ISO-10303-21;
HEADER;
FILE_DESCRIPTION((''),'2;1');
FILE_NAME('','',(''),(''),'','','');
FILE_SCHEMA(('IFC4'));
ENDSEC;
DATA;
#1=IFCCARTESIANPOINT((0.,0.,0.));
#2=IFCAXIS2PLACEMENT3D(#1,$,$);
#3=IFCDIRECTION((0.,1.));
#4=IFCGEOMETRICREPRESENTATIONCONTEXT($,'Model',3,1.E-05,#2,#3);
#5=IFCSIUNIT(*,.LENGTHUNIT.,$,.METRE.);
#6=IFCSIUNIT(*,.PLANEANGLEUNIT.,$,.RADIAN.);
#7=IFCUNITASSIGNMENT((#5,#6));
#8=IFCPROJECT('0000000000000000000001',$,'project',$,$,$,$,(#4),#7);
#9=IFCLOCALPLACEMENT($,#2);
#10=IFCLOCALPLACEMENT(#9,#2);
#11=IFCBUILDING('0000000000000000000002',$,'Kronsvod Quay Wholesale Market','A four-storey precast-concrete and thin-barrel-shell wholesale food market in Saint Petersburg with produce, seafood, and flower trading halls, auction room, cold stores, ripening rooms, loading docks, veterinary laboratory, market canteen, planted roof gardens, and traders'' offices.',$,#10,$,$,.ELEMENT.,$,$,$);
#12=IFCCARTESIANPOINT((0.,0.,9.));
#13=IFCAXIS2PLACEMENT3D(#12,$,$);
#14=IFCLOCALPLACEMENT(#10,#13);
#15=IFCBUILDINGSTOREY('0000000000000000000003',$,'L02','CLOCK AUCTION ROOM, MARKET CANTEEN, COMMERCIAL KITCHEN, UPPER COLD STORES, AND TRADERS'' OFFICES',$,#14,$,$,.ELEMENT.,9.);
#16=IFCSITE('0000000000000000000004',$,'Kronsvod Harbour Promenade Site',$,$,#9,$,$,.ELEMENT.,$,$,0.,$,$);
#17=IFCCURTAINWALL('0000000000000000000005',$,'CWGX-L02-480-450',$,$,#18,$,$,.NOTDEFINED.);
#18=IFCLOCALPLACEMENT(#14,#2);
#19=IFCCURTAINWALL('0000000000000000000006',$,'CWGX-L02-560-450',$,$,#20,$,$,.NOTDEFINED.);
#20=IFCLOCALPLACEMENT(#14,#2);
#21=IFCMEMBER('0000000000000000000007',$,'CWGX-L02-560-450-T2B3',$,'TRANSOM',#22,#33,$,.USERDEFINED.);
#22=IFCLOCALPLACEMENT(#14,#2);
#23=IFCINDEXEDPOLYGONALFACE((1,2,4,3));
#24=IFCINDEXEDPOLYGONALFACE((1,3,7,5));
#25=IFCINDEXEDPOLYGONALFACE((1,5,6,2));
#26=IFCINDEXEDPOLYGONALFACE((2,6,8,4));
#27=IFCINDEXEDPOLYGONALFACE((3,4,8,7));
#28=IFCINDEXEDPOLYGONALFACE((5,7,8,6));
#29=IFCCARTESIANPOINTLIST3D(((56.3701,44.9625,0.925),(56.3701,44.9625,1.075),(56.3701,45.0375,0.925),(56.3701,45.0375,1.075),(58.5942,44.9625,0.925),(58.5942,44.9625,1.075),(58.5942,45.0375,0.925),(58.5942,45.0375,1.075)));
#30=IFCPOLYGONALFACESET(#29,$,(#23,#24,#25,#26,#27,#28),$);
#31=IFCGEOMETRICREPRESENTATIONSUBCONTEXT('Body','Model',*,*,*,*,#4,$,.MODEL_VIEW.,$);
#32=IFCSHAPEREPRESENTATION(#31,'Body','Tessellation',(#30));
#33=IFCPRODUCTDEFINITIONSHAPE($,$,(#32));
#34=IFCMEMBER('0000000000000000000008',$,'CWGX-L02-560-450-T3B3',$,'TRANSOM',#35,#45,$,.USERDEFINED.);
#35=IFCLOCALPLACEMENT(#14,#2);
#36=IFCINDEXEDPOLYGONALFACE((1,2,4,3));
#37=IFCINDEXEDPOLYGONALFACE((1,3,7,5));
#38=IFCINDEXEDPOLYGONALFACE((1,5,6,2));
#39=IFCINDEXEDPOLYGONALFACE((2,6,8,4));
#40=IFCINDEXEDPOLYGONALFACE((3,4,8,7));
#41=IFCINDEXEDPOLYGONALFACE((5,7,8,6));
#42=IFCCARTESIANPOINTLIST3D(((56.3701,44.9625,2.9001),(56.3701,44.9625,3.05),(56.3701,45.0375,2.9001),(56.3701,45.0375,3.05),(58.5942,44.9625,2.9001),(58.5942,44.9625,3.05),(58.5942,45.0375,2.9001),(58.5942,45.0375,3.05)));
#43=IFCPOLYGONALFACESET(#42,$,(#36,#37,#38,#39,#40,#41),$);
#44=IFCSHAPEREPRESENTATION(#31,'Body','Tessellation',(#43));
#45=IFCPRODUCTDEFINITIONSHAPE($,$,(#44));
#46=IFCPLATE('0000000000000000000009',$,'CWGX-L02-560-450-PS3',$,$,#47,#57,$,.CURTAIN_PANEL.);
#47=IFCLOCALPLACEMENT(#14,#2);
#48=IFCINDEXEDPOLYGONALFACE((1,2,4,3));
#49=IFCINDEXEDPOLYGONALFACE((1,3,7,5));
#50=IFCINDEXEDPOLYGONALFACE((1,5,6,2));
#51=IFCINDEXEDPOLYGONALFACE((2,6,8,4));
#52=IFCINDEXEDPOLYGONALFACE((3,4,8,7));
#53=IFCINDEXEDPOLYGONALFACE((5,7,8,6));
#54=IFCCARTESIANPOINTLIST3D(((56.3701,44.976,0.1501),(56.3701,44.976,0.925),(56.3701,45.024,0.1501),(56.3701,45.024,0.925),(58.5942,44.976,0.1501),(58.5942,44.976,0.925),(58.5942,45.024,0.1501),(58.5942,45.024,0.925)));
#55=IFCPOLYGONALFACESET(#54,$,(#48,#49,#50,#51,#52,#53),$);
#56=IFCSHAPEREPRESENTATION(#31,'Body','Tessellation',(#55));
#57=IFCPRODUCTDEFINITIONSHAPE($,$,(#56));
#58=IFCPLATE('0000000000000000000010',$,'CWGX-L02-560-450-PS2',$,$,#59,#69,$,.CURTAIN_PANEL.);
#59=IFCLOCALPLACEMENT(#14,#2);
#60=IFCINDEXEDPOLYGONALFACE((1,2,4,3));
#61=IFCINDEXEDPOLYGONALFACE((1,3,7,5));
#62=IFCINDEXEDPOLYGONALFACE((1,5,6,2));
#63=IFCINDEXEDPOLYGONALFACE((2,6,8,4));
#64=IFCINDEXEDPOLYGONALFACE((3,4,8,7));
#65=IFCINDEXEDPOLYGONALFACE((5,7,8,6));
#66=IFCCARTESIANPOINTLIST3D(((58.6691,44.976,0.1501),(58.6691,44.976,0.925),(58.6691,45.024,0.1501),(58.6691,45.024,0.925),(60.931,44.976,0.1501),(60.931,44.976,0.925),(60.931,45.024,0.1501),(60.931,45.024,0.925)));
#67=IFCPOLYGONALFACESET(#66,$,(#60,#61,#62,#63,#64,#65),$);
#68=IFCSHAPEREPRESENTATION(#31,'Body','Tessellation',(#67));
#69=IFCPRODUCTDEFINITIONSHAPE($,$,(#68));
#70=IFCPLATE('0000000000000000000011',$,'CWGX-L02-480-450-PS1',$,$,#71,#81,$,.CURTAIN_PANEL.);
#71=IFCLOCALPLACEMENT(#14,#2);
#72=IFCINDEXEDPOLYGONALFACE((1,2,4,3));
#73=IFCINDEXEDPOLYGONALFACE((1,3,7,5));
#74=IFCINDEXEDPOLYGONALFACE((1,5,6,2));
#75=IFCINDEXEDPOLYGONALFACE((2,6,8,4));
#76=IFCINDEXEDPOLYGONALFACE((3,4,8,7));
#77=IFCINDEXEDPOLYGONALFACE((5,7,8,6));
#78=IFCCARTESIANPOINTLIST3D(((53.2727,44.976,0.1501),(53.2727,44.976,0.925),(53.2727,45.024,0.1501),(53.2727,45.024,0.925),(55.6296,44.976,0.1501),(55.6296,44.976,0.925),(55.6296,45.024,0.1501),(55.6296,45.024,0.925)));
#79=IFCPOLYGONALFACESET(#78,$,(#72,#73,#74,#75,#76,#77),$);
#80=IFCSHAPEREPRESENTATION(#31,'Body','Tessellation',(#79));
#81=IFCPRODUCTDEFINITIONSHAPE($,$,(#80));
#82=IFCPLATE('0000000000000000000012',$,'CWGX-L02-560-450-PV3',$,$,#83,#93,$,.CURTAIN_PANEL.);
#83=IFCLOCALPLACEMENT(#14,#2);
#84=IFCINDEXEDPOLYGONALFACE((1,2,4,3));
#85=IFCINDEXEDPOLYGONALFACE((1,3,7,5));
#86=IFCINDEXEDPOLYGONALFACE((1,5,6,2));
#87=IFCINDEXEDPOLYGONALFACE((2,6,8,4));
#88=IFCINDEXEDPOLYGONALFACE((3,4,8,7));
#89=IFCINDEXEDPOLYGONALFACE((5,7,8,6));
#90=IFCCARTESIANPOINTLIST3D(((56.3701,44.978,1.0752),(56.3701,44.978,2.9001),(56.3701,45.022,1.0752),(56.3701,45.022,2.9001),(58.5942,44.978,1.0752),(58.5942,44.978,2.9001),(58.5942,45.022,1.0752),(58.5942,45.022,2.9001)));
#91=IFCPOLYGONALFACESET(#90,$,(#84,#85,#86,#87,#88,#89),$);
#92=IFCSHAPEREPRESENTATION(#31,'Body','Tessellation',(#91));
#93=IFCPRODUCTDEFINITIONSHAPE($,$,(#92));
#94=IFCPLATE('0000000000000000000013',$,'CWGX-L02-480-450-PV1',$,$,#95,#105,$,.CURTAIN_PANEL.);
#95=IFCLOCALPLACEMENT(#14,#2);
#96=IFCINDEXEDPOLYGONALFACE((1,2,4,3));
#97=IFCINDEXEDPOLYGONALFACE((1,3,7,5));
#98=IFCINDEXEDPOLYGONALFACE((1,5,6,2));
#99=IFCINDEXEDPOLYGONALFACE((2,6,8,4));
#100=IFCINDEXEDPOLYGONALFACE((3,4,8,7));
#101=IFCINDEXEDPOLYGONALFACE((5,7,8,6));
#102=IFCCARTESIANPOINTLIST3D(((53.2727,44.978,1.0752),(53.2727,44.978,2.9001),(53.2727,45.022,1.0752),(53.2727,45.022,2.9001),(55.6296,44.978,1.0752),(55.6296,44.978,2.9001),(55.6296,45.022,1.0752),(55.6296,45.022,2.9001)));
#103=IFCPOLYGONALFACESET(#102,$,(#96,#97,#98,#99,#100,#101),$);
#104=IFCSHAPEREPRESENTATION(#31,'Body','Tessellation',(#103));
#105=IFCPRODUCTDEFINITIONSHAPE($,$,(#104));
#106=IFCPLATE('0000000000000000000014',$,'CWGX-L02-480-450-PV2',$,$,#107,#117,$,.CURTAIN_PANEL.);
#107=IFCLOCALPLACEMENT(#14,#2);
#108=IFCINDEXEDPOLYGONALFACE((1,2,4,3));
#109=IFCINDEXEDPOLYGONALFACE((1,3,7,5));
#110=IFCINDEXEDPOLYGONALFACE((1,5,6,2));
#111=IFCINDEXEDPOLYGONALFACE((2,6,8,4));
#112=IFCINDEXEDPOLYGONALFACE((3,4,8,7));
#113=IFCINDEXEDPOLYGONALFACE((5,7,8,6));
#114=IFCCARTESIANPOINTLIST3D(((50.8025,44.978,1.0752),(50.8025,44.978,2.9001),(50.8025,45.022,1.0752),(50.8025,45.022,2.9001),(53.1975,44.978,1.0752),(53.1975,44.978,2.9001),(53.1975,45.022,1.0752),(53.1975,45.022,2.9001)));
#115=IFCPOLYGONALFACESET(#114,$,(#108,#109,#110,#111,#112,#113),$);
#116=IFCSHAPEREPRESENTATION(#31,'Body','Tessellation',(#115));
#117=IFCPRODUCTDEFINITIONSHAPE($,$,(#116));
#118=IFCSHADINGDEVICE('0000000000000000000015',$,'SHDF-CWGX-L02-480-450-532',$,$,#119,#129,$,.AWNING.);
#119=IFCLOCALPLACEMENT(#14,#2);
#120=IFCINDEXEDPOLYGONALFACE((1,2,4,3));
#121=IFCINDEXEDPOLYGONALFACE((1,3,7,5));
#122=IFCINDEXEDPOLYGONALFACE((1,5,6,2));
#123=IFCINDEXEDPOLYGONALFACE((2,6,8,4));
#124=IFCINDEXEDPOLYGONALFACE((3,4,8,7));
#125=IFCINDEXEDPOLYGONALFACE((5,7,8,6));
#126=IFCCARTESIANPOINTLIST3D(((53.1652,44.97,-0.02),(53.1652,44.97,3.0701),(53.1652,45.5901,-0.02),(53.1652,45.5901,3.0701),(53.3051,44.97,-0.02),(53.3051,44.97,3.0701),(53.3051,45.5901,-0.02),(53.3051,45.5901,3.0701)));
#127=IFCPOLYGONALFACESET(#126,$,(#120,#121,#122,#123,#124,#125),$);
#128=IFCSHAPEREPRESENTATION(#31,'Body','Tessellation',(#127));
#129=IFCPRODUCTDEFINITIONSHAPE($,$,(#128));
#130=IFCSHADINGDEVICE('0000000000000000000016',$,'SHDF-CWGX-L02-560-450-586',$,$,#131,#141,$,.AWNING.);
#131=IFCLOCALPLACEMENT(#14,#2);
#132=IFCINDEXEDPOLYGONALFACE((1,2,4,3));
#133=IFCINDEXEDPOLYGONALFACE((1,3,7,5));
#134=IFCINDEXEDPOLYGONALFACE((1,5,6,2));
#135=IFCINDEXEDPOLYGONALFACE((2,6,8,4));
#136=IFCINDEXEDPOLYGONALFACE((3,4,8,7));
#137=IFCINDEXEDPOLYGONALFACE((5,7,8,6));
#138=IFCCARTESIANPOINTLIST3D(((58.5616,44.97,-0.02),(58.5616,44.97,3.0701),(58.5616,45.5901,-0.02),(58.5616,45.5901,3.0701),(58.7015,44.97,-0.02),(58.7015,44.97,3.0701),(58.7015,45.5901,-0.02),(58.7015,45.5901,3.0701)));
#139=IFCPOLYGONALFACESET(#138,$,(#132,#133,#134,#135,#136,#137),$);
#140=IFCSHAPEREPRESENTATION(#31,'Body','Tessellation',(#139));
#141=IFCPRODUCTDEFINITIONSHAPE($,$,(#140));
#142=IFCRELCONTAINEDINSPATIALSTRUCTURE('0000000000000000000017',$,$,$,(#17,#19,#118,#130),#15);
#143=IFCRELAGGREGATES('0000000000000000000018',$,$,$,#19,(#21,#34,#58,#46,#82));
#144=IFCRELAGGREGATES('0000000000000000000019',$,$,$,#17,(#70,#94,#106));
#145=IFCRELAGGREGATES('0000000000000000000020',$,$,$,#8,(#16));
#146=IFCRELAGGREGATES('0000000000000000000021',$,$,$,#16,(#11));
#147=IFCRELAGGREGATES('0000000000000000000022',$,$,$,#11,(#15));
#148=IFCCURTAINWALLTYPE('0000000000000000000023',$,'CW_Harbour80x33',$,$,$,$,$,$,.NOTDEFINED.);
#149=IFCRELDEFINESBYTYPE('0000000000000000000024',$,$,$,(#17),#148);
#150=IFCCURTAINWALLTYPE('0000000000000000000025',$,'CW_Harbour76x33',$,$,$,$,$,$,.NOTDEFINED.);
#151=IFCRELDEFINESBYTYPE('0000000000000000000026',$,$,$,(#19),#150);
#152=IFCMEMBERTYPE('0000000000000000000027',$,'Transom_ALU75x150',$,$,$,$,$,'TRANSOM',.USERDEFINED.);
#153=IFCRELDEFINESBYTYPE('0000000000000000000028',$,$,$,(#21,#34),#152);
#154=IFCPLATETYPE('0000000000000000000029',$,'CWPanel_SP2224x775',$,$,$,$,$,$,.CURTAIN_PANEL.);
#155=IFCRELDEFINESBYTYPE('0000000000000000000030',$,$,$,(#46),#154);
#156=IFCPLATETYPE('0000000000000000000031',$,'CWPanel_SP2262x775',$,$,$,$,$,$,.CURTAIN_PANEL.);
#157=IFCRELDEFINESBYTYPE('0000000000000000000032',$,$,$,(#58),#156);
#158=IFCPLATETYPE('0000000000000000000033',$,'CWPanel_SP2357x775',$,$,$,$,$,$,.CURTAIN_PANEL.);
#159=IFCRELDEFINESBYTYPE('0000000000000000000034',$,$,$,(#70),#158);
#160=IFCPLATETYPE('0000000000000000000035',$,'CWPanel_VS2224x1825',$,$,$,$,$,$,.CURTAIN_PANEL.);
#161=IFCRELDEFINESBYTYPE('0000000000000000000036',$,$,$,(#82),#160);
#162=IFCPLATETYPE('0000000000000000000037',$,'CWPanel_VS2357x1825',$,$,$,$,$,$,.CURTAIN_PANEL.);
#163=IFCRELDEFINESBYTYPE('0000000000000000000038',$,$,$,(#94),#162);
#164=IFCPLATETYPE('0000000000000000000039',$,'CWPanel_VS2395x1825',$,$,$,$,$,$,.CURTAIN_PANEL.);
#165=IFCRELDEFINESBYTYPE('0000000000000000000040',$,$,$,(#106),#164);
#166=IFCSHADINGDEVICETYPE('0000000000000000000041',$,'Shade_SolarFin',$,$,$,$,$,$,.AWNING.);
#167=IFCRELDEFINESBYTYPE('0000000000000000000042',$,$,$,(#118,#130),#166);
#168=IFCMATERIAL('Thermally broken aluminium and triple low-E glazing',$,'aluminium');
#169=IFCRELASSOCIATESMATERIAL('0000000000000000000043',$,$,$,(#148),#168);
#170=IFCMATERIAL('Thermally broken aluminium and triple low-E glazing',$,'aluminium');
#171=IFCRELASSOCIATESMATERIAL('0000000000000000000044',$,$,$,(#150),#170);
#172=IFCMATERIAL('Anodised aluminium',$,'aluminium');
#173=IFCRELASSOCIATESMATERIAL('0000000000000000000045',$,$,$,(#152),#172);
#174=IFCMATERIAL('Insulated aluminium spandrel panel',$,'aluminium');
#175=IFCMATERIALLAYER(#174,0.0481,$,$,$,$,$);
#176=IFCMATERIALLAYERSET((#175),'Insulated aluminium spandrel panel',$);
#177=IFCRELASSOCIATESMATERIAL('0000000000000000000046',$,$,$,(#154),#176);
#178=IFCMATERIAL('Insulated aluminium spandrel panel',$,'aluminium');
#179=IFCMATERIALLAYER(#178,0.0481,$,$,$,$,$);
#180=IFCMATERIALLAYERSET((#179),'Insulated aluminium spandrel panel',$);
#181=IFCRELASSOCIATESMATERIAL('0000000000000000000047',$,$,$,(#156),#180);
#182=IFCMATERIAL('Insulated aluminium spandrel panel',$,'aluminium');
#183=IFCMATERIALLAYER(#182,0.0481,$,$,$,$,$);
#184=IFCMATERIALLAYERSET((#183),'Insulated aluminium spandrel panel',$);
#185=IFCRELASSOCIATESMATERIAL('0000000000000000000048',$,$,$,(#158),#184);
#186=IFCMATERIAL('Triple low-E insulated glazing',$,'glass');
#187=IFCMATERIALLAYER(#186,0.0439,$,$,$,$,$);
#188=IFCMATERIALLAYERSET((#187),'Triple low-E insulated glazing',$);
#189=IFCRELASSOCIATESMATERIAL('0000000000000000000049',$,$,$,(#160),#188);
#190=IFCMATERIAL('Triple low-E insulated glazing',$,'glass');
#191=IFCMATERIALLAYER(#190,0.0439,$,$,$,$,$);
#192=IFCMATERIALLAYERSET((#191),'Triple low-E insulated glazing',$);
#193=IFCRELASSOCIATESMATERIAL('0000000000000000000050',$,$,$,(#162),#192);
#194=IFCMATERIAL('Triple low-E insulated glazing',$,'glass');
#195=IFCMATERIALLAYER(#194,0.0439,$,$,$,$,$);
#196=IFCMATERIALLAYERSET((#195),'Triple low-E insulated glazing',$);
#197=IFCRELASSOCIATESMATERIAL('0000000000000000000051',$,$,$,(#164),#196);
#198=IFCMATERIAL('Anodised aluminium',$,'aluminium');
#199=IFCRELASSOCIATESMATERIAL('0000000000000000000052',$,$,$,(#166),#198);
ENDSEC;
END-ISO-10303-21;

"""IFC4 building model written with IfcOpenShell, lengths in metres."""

from ifc_helpers import new_model, si_unit, direction, frame, origin, origin_2d, place, context, subcontext, project, spatial, rectangle, extrude, material, layer, layer_set, material_profile, profile_set, type_object, element, aggregate, save


model = new_model("IFC4")

# Units and contexts
model_context = context("Model", 3, precision=1e-05, world=origin(), true_north=direction((0.0, 1.0)))
body_context = subcontext(model_context, "Body", "Model", "MODEL_VIEW")
ifc_project = project(units=[si_unit("LENGTHUNIT", "METRE"), si_unit("PLANEANGLEUNIT", "RADIAN")], contexts=[model_context])

# Site, building, storey
site_placement = place(None, origin())
site = spatial("IfcSite", under=ifc_project, at=site_placement, Name="Kronsvod Harbour Promenade Site", CompositionType="ELEMENT", RefElevation=0.0)
building_placement = place(site_placement, origin())
building = spatial("IfcBuilding", under=site, at=building_placement, Name="Kronsvod Quay Wholesale Market", Description="A four-storey precast-concrete and thin-barrel-shell wholesale food market in Saint Petersburg with produce, seafood, and flower trading halls, auction room, cold stores, ripening rooms, loading docks, veterinary laboratory, market canteen, planted roof gardens, and traders' offices.", CompositionType="ELEMENT")
storey_placement = place(building_placement, frame((0.0, 0.0, 9.0)))
storey = spatial("IfcBuildingStorey", under=building, at=storey_placement, Name="L02", Description="CLOCK AUCTION ROOM, MARKET CANTEEN, COMMERCIAL KITCHEN, UPPER COLD STORES, AND TRADERS' OFFICES", CompositionType="ELEMENT", Elevation=9.0)

# Curtain walls
ifc_material_1 = material(Name="Thermally broken aluminium and triple low-E glazing", Category="aluminium")
curtain_wall_type_1 = type_object("IfcCurtainWallType", Name="CW_Harbour80x33", PredefinedType="NOTDEFINED", material=ifc_material_1)
curtain_wall_1_placement = place(storey_placement, origin())
curtain_wall_1 = element("IfcCurtainWall", 1, at=curtain_wall_1_placement, inside=storey, type_object=curtain_wall_type_1, Name="CWGX-L02-480-450", PredefinedType="NOTDEFINED")
ifc_material_2 = material(Name="Thermally broken aluminium and triple low-E glazing", Category="aluminium")
curtain_wall_type_2 = type_object("IfcCurtainWallType", Name="CW_Harbour76x33", PredefinedType="NOTDEFINED", material=ifc_material_2)
curtain_wall_2_placement = place(storey_placement, origin())
curtain_wall_2 = element("IfcCurtainWall", 2, at=curtain_wall_2_placement, inside=storey, type_object=curtain_wall_type_2, Name="CWGX-L02-560-450", PredefinedType="NOTDEFINED")

# Members
ifc_material_3 = material(Name="Anodised aluminium", Category="aluminium")
ifc_material_profile_1 = material_profile(ifc_material_3, rectangle(XDim=0.075, YDim=0.1499, at=origin_2d()), Name="ALUT75x150")
ifc_profile_set_1 = profile_set([ifc_material_profile_1], Name="Anodised aluminium")
member_type_1 = type_object("IfcMemberType", Name="Transom_ALU75x150", ElementType="TRANSOM", PredefinedType="USERDEFINED", material=ifc_profile_set_1)
member_1_placement = place(storey_placement, frame((58.5942, 45.0, 1.0), z_axis=(-1.0, 0.0, 0.0), x_axis=(0.0, -1.0, 0.0)))
member_1 = element("IfcMember", 3, at=member_1_placement, type_object=member_type_1, Name="CWGX-L02-560-450-T2B3", ObjectType="TRANSOM", PredefinedType="USERDEFINED", context=body_context, shape_type="SweptSolid", body=[
    extrude(rectangle(XDim=0.075, YDim=0.1499, at=origin_2d()), origin(), (0.0, 0.0, 1.0), 2.2241),
])
member_2_placement = place(storey_placement, frame((58.5942, 45.0, 2.9751), z_axis=(-1.0, 0.0, 0.0), x_axis=(0.0, -1.0, 0.0)))
member_2 = element("IfcMember", 4, at=member_2_placement, type_object=member_type_1, Name="CWGX-L02-560-450-T3B3", ObjectType="TRANSOM", PredefinedType="USERDEFINED", context=body_context, shape_type="SweptSolid", body=[
    extrude(rectangle(XDim=0.075, YDim=0.1499, at=origin_2d()), origin(), (0.0, 0.0, 1.0), 2.2241),
])

# Plates
ifc_material_4 = material(Name="Insulated aluminium spandrel panel", Category="aluminium")
ifc_layer_1 = layer(ifc_material_4, 0.0481)
ifc_layer_set_1 = layer_set([ifc_layer_1], Name="Insulated aluminium spandrel panel")
plate_type_1 = type_object("IfcPlateType", Name="CWPanel_SP2224x775", PredefinedType="CURTAIN_PANEL", material=ifc_layer_set_1)
plate_1_placement = place(storey_placement, frame((57.4822, 45.0, 0.1501), z_axis=(0.0, 0.0, 1.0), x_axis=(-1.0, 0.0, 0.0)))
plate_1 = element("IfcPlate", 5, at=plate_1_placement, type_object=plate_type_1, Name="CWGX-L02-560-450-PS3", PredefinedType="CURTAIN_PANEL", context=body_context, shape_type="SweptSolid", body=[
    extrude(rectangle(XDim=2.2241, YDim=0.0481, at=origin_2d()), origin(), (0.0, 0.0, 1.0), 0.7749),
])
ifc_material_5 = material(Name="Insulated aluminium spandrel panel", Category="aluminium")
ifc_layer_2 = layer(ifc_material_5, 0.0481)
ifc_layer_set_2 = layer_set([ifc_layer_2], Name="Insulated aluminium spandrel panel")
plate_type_2 = type_object("IfcPlateType", Name="CWPanel_SP2262x775", PredefinedType="CURTAIN_PANEL", material=ifc_layer_set_2)
plate_2_placement = place(storey_placement, frame((59.8, 45.0, 0.1501), z_axis=(0.0, 0.0, 1.0), x_axis=(-1.0, 0.0, 0.0)))
plate_2 = element("IfcPlate", 6, at=plate_2_placement, type_object=plate_type_2, Name="CWGX-L02-560-450-PS2", PredefinedType="CURTAIN_PANEL", context=body_context, shape_type="SweptSolid", body=[
    extrude(rectangle(XDim=2.262, YDim=0.0481, at=origin_2d()), origin(), (0.0, 0.0, 1.0), 0.7749),
])
ifc_material_6 = material(Name="Insulated aluminium spandrel panel", Category="aluminium")
ifc_layer_3 = layer(ifc_material_6, 0.0481)
ifc_layer_set_3 = layer_set([ifc_layer_3], Name="Insulated aluminium spandrel panel")
plate_type_3 = type_object("IfcPlateType", Name="CWPanel_SP2357x775", PredefinedType="CURTAIN_PANEL", material=ifc_layer_set_3)
plate_3_placement = place(storey_placement, frame((54.4512, 45.0, 0.1501), z_axis=(0.0, 0.0, 1.0), x_axis=(-1.0, 0.0, 0.0)))
plate_3 = element("IfcPlate", 7, at=plate_3_placement, type_object=plate_type_3, Name="CWGX-L02-480-450-PS1", PredefinedType="CURTAIN_PANEL", context=body_context, shape_type="SweptSolid", body=[
    extrude(rectangle(XDim=2.3569, YDim=0.0481, at=origin_2d()), origin(), (0.0, 0.0, 1.0), 0.7749),
])
ifc_material_7 = material(Name="Triple low-E insulated glazing", Category="glass")
ifc_layer_4 = layer(ifc_material_7, 0.0439)
ifc_layer_set_4 = layer_set([ifc_layer_4], Name="Triple low-E insulated glazing")
plate_type_4 = type_object("IfcPlateType", Name="CWPanel_VS2224x1825", PredefinedType="CURTAIN_PANEL", material=ifc_layer_set_4)
plate_4_placement = place(storey_placement, frame((57.4822, 45.0, 1.0752), z_axis=(0.0, 0.0, 1.0), x_axis=(-1.0, 0.0, 0.0)))
plate_4 = element("IfcPlate", 8, at=plate_4_placement, type_object=plate_type_4, Name="CWGX-L02-560-450-PV3", PredefinedType="CURTAIN_PANEL", context=body_context, shape_type="SweptSolid", body=[
    extrude(rectangle(XDim=2.2241, YDim=0.0439, at=origin_2d()), origin(), (0.0, 0.0, 1.0), 1.825),
])
aggregate(curtain_wall_2, [member_1, member_2, plate_2, plate_1, plate_4])
ifc_material_8 = material(Name="Triple low-E insulated glazing", Category="glass")
ifc_layer_5 = layer(ifc_material_8, 0.0439)
ifc_layer_set_5 = layer_set([ifc_layer_5], Name="Triple low-E insulated glazing")
plate_type_5 = type_object("IfcPlateType", Name="CWPanel_VS2357x1825", PredefinedType="CURTAIN_PANEL", material=ifc_layer_set_5)
plate_5_placement = place(storey_placement, frame((54.4512, 45.0, 1.0752), z_axis=(0.0, 0.0, 1.0), x_axis=(-1.0, 0.0, 0.0)))
plate_5 = element("IfcPlate", 9, at=plate_5_placement, type_object=plate_type_5, Name="CWGX-L02-480-450-PV1", PredefinedType="CURTAIN_PANEL", context=body_context, shape_type="SweptSolid", body=[
    extrude(rectangle(XDim=2.3569, YDim=0.0439, at=origin_2d()), origin(), (0.0, 0.0, 1.0), 1.825),
])
ifc_material_9 = material(Name="Triple low-E insulated glazing", Category="glass")
ifc_layer_6 = layer(ifc_material_9, 0.0439)
ifc_layer_set_6 = layer_set([ifc_layer_6], Name="Triple low-E insulated glazing")
plate_type_6 = type_object("IfcPlateType", Name="CWPanel_VS2395x1825", PredefinedType="CURTAIN_PANEL", material=ifc_layer_set_6)
plate_6_placement = place(storey_placement, frame((52.0, 45.0, 1.0752), z_axis=(0.0, 0.0, 1.0), x_axis=(-1.0, 0.0, 0.0)))
plate_6 = element("IfcPlate", 10, at=plate_6_placement, type_object=plate_type_6, Name="CWGX-L02-480-450-PV2", PredefinedType="CURTAIN_PANEL", context=body_context, shape_type="SweptSolid", body=[
    extrude(rectangle(XDim=2.395, YDim=0.0439, at=origin_2d()), origin(), (0.0, 0.0, 1.0), 1.825),
])
aggregate(curtain_wall_1, [plate_3, plate_5, plate_6])

# Shading devices
ifc_material_10 = material(Name="Anodised aluminium", Category="aluminium")
shading_device_type = type_object("IfcShadingDeviceType", Name="Shade_SolarFin", PredefinedType="AWNING", material=ifc_material_10)
for number, where, z_axis, x_axis, name in (
    (11, (53.2351, 45.28, -0.02), (0.0, 0.0, 1.0), (1.0, 0.0, 0.0), "SHDF-CWGX-L02-480-450-532"),
    (12, (58.6316, 45.28, -0.02), (0.0, 0.0, 1.0), (1.0, 0.0, 0.0), "SHDF-CWGX-L02-560-450-586"),
):
    element("IfcShadingDevice", number, at=place(storey_placement, frame(where, z_axis=z_axis, x_axis=x_axis)), inside=storey, type_object=shading_device_type, Name=name, PredefinedType="AWNING", context=body_context, shape_type="SweptSolid", body=[
        extrude(rectangle(XDim=0.1399, YDim=0.6201, at=origin_2d()), origin(), (0.0, 0.0, 1.0), 3.0901),
    ])

save(model, "model.ifc")
